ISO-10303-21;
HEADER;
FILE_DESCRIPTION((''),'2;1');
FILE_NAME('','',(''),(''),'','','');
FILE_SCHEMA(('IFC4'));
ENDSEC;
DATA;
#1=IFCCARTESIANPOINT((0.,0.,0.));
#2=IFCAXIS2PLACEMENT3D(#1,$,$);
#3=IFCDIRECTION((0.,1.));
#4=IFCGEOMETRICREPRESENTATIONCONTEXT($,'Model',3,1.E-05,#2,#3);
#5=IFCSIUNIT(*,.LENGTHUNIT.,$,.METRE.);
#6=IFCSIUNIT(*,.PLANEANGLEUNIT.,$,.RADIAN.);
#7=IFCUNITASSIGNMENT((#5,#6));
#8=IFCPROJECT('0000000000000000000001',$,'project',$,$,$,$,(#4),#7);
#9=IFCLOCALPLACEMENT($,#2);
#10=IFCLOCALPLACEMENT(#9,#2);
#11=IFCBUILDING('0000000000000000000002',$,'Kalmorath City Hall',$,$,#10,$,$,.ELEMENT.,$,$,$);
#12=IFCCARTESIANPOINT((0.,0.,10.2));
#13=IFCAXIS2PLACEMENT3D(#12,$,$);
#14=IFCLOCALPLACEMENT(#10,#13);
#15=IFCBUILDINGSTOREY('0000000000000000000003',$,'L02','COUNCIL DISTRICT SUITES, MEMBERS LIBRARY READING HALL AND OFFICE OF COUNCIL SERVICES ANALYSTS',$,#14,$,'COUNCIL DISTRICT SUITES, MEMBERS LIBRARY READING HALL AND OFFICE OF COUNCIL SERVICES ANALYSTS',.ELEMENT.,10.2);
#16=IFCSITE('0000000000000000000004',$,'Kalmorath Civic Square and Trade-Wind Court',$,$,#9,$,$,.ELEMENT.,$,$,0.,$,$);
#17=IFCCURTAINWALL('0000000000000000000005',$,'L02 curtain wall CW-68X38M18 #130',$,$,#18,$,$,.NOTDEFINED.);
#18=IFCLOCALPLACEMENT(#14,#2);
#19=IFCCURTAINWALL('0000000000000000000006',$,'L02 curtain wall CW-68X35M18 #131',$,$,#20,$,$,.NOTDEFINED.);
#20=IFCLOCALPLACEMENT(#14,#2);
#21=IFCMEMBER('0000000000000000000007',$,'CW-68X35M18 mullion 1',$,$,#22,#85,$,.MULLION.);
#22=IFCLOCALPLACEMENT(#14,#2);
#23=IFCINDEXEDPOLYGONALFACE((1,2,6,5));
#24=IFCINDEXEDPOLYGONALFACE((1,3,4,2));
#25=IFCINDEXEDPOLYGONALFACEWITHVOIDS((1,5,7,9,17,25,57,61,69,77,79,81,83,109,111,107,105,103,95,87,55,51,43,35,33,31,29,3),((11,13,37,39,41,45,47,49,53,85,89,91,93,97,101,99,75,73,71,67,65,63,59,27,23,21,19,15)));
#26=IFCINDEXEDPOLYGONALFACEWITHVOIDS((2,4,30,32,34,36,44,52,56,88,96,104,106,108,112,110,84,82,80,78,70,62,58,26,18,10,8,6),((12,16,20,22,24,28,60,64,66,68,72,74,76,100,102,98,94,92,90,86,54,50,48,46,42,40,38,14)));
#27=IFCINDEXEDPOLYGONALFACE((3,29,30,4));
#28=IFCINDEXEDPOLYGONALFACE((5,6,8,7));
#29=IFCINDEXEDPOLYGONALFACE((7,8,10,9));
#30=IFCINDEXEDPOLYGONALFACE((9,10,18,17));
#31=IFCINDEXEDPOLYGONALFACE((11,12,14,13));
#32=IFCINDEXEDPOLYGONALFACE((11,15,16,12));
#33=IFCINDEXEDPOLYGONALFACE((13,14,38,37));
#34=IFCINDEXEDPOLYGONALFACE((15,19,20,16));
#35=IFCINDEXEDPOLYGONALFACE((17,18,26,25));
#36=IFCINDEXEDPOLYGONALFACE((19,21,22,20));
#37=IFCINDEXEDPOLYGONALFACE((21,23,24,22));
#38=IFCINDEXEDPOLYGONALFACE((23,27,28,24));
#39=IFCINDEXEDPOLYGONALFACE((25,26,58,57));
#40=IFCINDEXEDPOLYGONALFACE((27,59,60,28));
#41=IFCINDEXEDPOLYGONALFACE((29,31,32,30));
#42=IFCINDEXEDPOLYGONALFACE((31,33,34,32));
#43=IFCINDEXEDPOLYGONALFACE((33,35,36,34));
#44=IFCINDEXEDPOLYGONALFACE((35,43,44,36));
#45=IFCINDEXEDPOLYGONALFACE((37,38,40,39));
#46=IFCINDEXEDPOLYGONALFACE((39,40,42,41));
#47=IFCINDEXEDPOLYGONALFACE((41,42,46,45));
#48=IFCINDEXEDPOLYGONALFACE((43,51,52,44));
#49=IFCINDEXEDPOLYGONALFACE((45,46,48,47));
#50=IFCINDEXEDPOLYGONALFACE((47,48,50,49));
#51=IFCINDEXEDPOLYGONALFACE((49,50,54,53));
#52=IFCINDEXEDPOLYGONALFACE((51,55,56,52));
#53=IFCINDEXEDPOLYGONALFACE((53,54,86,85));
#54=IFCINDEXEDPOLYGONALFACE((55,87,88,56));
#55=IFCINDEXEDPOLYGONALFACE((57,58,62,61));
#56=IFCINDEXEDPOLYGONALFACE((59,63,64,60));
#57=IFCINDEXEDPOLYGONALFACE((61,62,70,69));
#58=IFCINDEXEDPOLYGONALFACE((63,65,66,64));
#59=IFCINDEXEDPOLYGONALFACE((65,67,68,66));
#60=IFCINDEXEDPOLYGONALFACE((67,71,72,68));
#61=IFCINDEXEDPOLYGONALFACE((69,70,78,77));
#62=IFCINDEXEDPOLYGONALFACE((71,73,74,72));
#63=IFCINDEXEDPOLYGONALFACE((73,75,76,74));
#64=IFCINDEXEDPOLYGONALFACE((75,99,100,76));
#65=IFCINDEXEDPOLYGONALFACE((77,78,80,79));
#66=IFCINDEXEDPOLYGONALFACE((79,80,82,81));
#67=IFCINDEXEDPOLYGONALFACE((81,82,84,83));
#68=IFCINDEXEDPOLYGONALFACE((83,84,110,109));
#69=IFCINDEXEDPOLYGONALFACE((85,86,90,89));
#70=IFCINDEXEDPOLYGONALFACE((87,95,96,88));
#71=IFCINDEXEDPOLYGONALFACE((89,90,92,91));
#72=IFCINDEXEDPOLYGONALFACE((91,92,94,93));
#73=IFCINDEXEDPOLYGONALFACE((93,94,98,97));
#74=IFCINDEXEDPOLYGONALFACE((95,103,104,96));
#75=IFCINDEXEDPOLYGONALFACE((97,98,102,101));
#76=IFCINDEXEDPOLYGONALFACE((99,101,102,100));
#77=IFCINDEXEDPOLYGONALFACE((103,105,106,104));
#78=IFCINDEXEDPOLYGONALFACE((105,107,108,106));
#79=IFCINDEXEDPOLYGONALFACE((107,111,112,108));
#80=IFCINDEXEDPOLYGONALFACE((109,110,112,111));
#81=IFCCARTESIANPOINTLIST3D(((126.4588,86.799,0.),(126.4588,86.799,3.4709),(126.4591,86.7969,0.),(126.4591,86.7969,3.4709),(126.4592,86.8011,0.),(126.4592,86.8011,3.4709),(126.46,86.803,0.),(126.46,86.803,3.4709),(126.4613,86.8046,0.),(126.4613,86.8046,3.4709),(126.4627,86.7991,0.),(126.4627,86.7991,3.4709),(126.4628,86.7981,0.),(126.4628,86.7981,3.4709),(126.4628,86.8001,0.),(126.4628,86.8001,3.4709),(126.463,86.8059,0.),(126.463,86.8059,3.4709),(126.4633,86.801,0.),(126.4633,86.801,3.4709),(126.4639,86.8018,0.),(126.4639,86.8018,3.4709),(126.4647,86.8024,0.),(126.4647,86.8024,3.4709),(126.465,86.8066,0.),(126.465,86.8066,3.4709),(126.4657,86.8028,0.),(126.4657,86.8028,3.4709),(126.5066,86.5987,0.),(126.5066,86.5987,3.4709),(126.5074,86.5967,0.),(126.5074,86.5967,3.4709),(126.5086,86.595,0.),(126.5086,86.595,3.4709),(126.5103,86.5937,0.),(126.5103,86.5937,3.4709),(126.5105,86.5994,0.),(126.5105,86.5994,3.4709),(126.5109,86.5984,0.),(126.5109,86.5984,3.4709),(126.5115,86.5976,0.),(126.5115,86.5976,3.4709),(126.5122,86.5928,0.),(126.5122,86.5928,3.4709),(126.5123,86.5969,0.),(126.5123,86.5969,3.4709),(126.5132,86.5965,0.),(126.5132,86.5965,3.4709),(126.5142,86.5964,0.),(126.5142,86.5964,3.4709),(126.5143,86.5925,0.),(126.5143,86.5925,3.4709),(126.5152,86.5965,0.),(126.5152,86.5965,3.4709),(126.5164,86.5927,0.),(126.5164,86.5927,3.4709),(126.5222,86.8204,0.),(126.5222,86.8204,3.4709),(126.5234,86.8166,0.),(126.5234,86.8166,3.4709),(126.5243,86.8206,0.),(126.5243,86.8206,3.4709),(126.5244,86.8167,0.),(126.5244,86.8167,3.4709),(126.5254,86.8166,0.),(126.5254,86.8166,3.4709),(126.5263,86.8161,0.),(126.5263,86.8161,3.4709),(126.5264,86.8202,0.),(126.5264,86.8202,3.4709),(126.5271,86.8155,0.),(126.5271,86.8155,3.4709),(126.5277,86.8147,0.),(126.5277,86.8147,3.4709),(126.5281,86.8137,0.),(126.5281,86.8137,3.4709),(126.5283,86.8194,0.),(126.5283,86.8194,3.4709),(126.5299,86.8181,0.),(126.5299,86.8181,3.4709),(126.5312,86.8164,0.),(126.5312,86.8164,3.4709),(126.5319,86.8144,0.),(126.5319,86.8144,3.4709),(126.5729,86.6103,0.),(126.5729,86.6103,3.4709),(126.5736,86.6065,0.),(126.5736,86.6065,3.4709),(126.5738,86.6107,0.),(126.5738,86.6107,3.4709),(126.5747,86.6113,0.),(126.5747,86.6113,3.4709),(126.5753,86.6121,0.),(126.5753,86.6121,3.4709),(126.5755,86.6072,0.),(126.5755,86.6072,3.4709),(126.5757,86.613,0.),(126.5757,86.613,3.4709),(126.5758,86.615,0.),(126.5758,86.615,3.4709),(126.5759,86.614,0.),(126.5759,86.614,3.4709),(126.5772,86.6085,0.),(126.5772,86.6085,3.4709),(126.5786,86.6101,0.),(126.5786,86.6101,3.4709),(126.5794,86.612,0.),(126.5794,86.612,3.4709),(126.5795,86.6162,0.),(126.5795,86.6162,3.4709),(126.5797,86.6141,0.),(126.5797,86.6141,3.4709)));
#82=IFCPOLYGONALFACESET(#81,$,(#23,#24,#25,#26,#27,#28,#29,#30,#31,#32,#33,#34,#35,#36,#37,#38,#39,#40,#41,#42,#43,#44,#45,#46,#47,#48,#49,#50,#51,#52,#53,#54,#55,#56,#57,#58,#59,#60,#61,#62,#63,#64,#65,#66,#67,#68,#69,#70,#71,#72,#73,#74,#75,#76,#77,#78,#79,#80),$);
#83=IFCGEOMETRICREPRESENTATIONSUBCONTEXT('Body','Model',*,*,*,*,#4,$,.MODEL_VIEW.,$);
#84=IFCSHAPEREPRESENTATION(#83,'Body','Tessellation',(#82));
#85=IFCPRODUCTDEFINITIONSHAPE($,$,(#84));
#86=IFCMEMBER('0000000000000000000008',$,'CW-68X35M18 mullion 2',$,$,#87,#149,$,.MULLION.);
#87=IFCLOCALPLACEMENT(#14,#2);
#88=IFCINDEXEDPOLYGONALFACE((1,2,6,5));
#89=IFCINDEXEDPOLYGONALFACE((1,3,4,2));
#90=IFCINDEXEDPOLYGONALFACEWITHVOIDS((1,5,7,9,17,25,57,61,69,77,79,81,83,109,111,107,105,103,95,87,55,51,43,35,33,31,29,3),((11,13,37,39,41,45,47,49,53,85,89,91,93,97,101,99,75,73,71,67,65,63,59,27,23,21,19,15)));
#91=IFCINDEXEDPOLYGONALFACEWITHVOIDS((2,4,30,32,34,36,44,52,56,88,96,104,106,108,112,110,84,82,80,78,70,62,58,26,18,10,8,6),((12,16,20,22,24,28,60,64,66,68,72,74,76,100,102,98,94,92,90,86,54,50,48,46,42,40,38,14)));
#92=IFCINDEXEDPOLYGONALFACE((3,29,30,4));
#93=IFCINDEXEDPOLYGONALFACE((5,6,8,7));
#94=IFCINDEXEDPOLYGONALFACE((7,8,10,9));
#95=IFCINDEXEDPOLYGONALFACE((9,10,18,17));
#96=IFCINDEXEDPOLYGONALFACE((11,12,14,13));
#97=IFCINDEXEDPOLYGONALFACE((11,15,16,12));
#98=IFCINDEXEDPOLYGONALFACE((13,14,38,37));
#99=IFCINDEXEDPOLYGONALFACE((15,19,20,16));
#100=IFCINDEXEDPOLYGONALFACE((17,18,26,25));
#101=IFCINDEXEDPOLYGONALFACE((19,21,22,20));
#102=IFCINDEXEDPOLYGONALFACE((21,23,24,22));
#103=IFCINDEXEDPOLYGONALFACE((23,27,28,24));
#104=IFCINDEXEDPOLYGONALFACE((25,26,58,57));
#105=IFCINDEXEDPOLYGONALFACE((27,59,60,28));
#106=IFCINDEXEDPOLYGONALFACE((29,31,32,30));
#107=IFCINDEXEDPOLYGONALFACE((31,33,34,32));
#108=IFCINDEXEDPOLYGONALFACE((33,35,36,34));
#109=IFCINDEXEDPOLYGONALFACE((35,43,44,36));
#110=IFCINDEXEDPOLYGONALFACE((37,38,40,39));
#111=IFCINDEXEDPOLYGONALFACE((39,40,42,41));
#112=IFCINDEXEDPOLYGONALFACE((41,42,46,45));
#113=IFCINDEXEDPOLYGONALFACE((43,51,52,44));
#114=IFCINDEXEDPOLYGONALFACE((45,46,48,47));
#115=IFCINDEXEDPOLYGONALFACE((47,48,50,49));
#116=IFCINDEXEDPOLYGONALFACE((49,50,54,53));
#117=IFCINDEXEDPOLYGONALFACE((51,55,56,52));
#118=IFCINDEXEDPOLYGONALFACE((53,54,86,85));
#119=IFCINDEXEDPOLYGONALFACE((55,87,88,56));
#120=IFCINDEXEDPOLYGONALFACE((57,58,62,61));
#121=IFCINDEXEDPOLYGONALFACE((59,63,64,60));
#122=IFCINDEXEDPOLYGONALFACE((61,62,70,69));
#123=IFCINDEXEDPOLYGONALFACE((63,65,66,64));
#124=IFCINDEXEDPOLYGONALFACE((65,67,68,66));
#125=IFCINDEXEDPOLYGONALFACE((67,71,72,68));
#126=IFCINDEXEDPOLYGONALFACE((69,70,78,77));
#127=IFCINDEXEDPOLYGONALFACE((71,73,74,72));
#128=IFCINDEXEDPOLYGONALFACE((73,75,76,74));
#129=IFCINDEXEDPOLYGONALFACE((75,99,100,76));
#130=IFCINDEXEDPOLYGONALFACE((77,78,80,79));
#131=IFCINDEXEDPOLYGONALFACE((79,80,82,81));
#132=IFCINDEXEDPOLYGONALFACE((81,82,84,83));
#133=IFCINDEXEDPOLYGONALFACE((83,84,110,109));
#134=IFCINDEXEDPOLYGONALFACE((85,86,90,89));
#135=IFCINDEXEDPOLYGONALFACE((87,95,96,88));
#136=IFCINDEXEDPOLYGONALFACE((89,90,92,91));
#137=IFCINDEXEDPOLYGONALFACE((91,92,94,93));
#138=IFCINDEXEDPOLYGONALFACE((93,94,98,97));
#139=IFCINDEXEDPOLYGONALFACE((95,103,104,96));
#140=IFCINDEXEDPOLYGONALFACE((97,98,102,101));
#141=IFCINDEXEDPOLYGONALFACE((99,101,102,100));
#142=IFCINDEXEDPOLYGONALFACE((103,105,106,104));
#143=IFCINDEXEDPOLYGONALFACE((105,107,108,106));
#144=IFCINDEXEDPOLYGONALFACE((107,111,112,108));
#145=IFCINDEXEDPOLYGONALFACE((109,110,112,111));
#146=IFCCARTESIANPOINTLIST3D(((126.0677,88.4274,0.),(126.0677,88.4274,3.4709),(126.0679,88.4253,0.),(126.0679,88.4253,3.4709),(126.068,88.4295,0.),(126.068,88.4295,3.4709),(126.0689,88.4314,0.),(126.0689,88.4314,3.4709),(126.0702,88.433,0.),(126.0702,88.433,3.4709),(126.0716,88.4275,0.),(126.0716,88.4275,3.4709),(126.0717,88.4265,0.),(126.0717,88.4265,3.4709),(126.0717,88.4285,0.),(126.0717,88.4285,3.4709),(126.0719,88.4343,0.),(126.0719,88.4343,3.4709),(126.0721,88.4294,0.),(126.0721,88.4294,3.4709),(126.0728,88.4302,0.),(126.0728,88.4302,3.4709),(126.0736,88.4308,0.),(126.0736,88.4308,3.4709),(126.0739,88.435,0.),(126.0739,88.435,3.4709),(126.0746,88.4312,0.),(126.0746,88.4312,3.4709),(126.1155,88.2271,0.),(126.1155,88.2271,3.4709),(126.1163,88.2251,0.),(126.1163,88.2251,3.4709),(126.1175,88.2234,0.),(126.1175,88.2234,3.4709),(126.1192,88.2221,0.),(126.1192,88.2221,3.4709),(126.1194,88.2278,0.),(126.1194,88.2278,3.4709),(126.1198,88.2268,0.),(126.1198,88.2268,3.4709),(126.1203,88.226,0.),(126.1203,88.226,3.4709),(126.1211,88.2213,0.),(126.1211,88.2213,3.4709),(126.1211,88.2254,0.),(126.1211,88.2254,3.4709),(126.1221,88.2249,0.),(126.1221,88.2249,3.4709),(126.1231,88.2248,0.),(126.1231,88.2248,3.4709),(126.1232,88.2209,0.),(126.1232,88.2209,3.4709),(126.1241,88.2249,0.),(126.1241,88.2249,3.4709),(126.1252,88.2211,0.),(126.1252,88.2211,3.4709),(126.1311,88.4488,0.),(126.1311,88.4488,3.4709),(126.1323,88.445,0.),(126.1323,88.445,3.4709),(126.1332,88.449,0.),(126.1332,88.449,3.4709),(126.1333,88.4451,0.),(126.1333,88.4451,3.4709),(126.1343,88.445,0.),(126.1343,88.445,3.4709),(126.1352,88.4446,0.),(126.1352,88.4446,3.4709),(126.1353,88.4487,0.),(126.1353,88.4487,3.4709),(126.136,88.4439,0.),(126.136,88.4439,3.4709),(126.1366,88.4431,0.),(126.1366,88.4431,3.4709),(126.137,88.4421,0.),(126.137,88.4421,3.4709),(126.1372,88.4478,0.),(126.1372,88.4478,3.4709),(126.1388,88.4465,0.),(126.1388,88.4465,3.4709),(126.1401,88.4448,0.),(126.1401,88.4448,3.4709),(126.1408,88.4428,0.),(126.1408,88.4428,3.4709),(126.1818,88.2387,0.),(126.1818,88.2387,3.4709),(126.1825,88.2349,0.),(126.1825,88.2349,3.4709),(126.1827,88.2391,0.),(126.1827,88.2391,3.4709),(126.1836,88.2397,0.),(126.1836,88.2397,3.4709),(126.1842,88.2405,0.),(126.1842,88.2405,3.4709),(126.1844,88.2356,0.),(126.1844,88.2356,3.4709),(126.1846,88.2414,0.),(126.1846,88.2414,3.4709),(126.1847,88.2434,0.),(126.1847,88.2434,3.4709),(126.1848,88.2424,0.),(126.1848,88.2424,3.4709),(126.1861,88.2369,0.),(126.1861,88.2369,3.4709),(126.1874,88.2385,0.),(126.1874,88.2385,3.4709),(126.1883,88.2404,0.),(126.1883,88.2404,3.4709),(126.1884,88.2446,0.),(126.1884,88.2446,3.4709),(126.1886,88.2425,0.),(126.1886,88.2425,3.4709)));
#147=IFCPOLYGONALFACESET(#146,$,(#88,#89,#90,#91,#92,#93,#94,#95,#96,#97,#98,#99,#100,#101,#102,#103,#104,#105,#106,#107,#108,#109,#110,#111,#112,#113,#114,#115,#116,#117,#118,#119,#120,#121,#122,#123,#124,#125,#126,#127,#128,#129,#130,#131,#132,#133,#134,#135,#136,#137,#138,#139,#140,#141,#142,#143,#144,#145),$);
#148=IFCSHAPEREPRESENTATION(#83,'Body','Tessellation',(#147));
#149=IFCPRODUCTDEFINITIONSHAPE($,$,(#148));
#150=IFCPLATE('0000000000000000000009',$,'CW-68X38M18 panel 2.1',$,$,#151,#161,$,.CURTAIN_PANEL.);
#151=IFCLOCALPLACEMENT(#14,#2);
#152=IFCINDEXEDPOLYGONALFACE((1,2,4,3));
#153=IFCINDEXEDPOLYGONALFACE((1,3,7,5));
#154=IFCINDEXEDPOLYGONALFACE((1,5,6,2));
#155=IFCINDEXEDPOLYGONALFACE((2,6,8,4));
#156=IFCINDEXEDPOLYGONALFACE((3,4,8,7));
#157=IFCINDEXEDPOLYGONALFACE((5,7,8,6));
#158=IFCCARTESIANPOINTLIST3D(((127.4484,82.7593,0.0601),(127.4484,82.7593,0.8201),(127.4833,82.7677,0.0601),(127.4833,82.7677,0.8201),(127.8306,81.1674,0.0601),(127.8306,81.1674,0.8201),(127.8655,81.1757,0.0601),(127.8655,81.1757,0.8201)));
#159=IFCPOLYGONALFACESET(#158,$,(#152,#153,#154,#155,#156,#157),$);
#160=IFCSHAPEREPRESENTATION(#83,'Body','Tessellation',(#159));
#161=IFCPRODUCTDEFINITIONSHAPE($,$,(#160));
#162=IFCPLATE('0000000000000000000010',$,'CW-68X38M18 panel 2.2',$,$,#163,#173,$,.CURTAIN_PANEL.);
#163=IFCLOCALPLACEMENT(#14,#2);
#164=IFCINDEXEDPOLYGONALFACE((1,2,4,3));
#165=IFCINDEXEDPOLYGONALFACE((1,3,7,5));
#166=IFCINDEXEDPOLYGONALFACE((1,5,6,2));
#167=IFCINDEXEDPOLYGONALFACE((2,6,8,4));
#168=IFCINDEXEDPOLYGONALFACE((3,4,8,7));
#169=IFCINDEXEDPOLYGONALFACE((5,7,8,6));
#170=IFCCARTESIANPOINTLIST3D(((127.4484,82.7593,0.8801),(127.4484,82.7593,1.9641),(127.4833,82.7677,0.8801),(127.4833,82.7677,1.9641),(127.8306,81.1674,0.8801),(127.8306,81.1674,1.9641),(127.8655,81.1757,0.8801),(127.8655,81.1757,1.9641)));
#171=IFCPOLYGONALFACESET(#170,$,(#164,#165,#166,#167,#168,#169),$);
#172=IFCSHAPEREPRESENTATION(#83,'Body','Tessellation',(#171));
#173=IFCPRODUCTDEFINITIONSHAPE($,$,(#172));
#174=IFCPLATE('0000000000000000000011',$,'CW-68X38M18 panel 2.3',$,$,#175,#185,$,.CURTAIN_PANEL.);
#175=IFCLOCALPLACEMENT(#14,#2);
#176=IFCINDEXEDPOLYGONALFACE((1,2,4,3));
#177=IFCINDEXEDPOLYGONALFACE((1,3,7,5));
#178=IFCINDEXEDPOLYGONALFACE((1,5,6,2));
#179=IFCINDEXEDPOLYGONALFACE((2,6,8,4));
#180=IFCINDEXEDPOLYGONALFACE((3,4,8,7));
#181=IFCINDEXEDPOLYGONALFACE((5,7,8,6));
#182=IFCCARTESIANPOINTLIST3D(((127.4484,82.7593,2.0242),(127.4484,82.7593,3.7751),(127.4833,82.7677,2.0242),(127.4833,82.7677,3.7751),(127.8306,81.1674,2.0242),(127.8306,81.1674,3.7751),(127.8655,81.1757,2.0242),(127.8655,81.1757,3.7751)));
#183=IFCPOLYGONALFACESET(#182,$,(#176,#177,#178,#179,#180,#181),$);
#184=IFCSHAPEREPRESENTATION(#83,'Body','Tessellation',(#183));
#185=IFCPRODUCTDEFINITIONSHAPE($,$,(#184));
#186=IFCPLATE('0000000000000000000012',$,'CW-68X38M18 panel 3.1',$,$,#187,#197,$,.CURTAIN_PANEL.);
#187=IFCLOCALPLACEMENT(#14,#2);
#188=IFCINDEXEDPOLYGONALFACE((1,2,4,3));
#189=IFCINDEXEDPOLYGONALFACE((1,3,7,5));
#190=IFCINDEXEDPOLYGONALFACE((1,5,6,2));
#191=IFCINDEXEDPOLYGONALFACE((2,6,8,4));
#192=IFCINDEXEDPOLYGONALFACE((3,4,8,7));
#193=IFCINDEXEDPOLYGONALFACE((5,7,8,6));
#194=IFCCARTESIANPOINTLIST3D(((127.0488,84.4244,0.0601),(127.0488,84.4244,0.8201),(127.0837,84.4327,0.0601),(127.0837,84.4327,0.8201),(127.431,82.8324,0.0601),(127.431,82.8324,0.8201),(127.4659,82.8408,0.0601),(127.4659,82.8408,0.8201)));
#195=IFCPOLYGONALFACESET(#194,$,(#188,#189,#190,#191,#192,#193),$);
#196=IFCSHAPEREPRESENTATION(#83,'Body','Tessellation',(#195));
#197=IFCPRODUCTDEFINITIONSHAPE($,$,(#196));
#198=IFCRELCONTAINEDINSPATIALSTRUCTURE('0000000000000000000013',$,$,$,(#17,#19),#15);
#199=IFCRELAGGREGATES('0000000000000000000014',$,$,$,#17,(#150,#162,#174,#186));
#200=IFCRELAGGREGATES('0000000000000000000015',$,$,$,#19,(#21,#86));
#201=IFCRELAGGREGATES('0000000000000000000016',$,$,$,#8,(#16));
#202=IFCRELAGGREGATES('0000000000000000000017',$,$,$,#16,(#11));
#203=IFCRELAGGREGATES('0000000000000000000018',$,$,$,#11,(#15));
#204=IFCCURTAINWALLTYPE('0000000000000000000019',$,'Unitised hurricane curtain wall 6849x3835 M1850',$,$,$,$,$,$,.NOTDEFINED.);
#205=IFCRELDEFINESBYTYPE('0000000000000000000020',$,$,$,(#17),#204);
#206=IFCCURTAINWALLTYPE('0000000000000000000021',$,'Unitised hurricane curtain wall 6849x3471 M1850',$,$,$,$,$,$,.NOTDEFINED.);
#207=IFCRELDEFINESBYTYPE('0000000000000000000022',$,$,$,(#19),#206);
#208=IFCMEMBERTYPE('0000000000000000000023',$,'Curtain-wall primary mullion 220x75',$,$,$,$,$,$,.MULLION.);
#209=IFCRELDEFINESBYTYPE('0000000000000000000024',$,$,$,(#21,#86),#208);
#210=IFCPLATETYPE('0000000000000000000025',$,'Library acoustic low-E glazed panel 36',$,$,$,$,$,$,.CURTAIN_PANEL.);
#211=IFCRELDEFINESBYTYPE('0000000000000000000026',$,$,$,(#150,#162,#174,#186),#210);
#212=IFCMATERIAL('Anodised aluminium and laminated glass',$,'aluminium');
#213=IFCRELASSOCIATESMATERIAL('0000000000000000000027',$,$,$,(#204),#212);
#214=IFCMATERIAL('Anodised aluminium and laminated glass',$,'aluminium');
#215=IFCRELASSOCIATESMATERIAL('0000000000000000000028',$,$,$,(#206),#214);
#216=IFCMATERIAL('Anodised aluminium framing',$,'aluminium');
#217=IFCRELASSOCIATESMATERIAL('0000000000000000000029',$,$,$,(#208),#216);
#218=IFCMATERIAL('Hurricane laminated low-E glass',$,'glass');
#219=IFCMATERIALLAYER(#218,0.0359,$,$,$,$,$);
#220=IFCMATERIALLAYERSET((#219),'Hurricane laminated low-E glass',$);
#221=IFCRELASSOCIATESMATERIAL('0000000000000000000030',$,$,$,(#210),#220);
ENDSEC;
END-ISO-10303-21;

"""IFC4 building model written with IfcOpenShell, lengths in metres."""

from ifc_helpers import new_model, si_unit, direction, frame, origin, origin_2d, place, context, subcontext, project, spatial, rectangle, hollow_rectangle, extrude, material, layer, layer_set, material_profile, profile_set, type_object, element, aggregate, save


model = new_model("IFC4")

# Units and contexts
model_context = context("Model", 3, precision=1e-05, world=origin(), true_north=direction((0.0, 1.0)))
body_context = subcontext(model_context, "Body", "Model", "MODEL_VIEW")
ifc_project = project(units=[si_unit("LENGTHUNIT", "METRE"), si_unit("PLANEANGLEUNIT", "RADIAN")], contexts=[model_context])

# Site, building, storey
site_placement = place(None, origin())
site = spatial("IfcSite", under=ifc_project, at=site_placement, Name="Kalmorath Civic Square and Trade-Wind Court", CompositionType="ELEMENT", RefElevation=0.0)
building_placement = place(site_placement, origin())
building = spatial("IfcBuilding", under=site, at=building_placement, Name="Kalmorath City Hall", CompositionType="ELEMENT")
storey_placement = place(building_placement, frame((0.0, 0.0, 10.2)))
storey = spatial("IfcBuildingStorey", under=building, at=storey_placement, Name="L02", Description="COUNCIL DISTRICT SUITES, MEMBERS LIBRARY READING HALL AND OFFICE OF COUNCIL SERVICES ANALYSTS", LongName="COUNCIL DISTRICT SUITES, MEMBERS LIBRARY READING HALL AND OFFICE OF COUNCIL SERVICES ANALYSTS", CompositionType="ELEMENT", Elevation=10.2)

# Curtain walls
ifc_material_1 = material(Name="Anodised aluminium and laminated glass", Category="aluminium")
curtain_wall_type_1 = type_object("IfcCurtainWallType", Name="Unitised hurricane curtain wall 6849x3835 M1850", PredefinedType="NOTDEFINED", material=ifc_material_1)
curtain_wall_1_placement = place(storey_placement, origin())
curtain_wall_1 = element("IfcCurtainWall", 1, at=curtain_wall_1_placement, inside=storey, type_object=curtain_wall_type_1, Name="L02 curtain wall CW-68X38M18 #130", PredefinedType="NOTDEFINED")
ifc_material_2 = material(Name="Anodised aluminium and laminated glass", Category="aluminium")
curtain_wall_type_2 = type_object("IfcCurtainWallType", Name="Unitised hurricane curtain wall 6849x3471 M1850", PredefinedType="NOTDEFINED", material=ifc_material_2)
curtain_wall_2_placement = place(storey_placement, origin())
curtain_wall_2 = element("IfcCurtainWall", 2, at=curtain_wall_2_placement, inside=storey, type_object=curtain_wall_type_2, Name="L02 curtain wall CW-68X35M18 #131", PredefinedType="NOTDEFINED")

# Members
ifc_material_3 = material(Name="Anodised aluminium framing", Category="aluminium")
ifc_material_profile_1 = material_profile(ifc_material_3, hollow_rectangle(XDim=0.075, YDim=0.22, WallThickness=0.0039, InnerFilletRadius=0.0039, OuterFilletRadius=0.0081, at=origin_2d()), Name="ALU-MUL-220X75X4")
ifc_profile_set_1 = profile_set([ifc_material_profile_1], Name="Anodised aluminium framing")
member_type_1 = type_object("IfcMemberType", Name="Curtain-wall primary mullion 220x75", PredefinedType="MULLION", material=ifc_profile_set_1)
member_1_placement = place(storey_placement, frame((126.5193, 86.7065, 0.0), z_axis=(0.0, 0.0, 1.0), x_axis=(-0.972367, -0.233456, 0.0)))
member_1 = element("IfcMember", 3, at=member_1_placement, type_object=member_type_1, Name="CW-68X35M18 mullion 1", PredefinedType="MULLION", context=body_context, shape_type="SweptSolid", body=[
    extrude(hollow_rectangle(XDim=0.075, YDim=0.22, WallThickness=0.0039, InnerFilletRadius=0.0039, OuterFilletRadius=0.0081, at=origin_2d()), origin(), (0.0, 0.0, 1.0), 3.4709),
])
member_2_placement = place(storey_placement, frame((126.1282, 88.335, 0.0), z_axis=(0.0, 0.0, 1.0), x_axis=(-0.972367, -0.233456, 0.0)))
member_2 = element("IfcMember", 4, at=member_2_placement, type_object=member_type_1, Name="CW-68X35M18 mullion 2", PredefinedType="MULLION", context=body_context, shape_type="SweptSolid", body=[
    extrude(hollow_rectangle(XDim=0.075, YDim=0.22, WallThickness=0.0039, InnerFilletRadius=0.0039, OuterFilletRadius=0.0081, at=origin_2d()), origin(), (0.0, 0.0, 1.0), 3.4709),
])

# Plates
ifc_material_4 = material(Name="Hurricane laminated low-E glass", Category="glass")
ifc_layer_1 = layer(ifc_material_4, 0.0359)
ifc_layer_set_1 = layer_set([ifc_layer_1], Name="Hurricane laminated low-E glass")
plate_type = type_object("IfcPlateType", Name="Library acoustic low-E glazed panel 36", PredefinedType="CURTAIN_PANEL", material=ifc_layer_set_1)
plate_1_placement = place(storey_placement, frame((127.657, 81.9675, 0.0601), z_axis=(0.0, 0.0, 1.0), x_axis=(-0.233456, 0.972367, 0.0)))
plate_1 = element("IfcPlate", 5, at=plate_1_placement, type_object=plate_type, Name="CW-68X38M18 panel 2.1", PredefinedType="CURTAIN_PANEL", context=body_context, shape_type="SweptSolid", body=[
    extrude(rectangle(XDim=1.6372, YDim=0.0359, at=origin_2d()), origin(), (0.0, 0.0, 1.0), 0.76),
])
plate_2_placement = place(storey_placement, frame((127.657, 81.9675, 0.8801), z_axis=(0.0, 0.0, 1.0), x_axis=(-0.233456, 0.972367, 0.0)))
plate_2 = element("IfcPlate", 6, at=plate_2_placement, type_object=plate_type, Name="CW-68X38M18 panel 2.2", PredefinedType="CURTAIN_PANEL", context=body_context, shape_type="SweptSolid", body=[
    extrude(rectangle(XDim=1.6372, YDim=0.0359, at=origin_2d()), origin(), (0.0, 0.0, 1.0), 1.084),
])
plate_3_placement = place(storey_placement, frame((127.657, 81.9675, 2.0242), z_axis=(0.0, 0.0, 1.0), x_axis=(-0.233456, 0.972367, 0.0)))
plate_3 = element("IfcPlate", 7, at=plate_3_placement, type_object=plate_type, Name="CW-68X38M18 panel 2.3", PredefinedType="CURTAIN_PANEL", context=body_context, shape_type="SweptSolid", body=[
    extrude(rectangle(XDim=1.6372, YDim=0.0359, at=origin_2d()), origin(), (0.0, 0.0, 1.0), 1.751),
])
plate_4_placement = place(storey_placement, frame((127.2573, 83.6326, 0.0601), z_axis=(0.0, 0.0, 1.0), x_axis=(-0.233456, 0.972367, 0.0)))
plate_4 = element("IfcPlate", 8, at=plate_4_placement, type_object=plate_type, Name="CW-68X38M18 panel 3.1", PredefinedType="CURTAIN_PANEL", context=body_context, shape_type="SweptSolid", body=[
    extrude(rectangle(XDim=1.6372, YDim=0.0359, at=origin_2d()), origin(), (0.0, 0.0, 1.0), 0.76),
])
aggregate(curtain_wall_1, [plate_1, plate_2, plate_3, plate_4])
aggregate(curtain_wall_2, [member_1, member_2])

save(model, "model.ifc")
